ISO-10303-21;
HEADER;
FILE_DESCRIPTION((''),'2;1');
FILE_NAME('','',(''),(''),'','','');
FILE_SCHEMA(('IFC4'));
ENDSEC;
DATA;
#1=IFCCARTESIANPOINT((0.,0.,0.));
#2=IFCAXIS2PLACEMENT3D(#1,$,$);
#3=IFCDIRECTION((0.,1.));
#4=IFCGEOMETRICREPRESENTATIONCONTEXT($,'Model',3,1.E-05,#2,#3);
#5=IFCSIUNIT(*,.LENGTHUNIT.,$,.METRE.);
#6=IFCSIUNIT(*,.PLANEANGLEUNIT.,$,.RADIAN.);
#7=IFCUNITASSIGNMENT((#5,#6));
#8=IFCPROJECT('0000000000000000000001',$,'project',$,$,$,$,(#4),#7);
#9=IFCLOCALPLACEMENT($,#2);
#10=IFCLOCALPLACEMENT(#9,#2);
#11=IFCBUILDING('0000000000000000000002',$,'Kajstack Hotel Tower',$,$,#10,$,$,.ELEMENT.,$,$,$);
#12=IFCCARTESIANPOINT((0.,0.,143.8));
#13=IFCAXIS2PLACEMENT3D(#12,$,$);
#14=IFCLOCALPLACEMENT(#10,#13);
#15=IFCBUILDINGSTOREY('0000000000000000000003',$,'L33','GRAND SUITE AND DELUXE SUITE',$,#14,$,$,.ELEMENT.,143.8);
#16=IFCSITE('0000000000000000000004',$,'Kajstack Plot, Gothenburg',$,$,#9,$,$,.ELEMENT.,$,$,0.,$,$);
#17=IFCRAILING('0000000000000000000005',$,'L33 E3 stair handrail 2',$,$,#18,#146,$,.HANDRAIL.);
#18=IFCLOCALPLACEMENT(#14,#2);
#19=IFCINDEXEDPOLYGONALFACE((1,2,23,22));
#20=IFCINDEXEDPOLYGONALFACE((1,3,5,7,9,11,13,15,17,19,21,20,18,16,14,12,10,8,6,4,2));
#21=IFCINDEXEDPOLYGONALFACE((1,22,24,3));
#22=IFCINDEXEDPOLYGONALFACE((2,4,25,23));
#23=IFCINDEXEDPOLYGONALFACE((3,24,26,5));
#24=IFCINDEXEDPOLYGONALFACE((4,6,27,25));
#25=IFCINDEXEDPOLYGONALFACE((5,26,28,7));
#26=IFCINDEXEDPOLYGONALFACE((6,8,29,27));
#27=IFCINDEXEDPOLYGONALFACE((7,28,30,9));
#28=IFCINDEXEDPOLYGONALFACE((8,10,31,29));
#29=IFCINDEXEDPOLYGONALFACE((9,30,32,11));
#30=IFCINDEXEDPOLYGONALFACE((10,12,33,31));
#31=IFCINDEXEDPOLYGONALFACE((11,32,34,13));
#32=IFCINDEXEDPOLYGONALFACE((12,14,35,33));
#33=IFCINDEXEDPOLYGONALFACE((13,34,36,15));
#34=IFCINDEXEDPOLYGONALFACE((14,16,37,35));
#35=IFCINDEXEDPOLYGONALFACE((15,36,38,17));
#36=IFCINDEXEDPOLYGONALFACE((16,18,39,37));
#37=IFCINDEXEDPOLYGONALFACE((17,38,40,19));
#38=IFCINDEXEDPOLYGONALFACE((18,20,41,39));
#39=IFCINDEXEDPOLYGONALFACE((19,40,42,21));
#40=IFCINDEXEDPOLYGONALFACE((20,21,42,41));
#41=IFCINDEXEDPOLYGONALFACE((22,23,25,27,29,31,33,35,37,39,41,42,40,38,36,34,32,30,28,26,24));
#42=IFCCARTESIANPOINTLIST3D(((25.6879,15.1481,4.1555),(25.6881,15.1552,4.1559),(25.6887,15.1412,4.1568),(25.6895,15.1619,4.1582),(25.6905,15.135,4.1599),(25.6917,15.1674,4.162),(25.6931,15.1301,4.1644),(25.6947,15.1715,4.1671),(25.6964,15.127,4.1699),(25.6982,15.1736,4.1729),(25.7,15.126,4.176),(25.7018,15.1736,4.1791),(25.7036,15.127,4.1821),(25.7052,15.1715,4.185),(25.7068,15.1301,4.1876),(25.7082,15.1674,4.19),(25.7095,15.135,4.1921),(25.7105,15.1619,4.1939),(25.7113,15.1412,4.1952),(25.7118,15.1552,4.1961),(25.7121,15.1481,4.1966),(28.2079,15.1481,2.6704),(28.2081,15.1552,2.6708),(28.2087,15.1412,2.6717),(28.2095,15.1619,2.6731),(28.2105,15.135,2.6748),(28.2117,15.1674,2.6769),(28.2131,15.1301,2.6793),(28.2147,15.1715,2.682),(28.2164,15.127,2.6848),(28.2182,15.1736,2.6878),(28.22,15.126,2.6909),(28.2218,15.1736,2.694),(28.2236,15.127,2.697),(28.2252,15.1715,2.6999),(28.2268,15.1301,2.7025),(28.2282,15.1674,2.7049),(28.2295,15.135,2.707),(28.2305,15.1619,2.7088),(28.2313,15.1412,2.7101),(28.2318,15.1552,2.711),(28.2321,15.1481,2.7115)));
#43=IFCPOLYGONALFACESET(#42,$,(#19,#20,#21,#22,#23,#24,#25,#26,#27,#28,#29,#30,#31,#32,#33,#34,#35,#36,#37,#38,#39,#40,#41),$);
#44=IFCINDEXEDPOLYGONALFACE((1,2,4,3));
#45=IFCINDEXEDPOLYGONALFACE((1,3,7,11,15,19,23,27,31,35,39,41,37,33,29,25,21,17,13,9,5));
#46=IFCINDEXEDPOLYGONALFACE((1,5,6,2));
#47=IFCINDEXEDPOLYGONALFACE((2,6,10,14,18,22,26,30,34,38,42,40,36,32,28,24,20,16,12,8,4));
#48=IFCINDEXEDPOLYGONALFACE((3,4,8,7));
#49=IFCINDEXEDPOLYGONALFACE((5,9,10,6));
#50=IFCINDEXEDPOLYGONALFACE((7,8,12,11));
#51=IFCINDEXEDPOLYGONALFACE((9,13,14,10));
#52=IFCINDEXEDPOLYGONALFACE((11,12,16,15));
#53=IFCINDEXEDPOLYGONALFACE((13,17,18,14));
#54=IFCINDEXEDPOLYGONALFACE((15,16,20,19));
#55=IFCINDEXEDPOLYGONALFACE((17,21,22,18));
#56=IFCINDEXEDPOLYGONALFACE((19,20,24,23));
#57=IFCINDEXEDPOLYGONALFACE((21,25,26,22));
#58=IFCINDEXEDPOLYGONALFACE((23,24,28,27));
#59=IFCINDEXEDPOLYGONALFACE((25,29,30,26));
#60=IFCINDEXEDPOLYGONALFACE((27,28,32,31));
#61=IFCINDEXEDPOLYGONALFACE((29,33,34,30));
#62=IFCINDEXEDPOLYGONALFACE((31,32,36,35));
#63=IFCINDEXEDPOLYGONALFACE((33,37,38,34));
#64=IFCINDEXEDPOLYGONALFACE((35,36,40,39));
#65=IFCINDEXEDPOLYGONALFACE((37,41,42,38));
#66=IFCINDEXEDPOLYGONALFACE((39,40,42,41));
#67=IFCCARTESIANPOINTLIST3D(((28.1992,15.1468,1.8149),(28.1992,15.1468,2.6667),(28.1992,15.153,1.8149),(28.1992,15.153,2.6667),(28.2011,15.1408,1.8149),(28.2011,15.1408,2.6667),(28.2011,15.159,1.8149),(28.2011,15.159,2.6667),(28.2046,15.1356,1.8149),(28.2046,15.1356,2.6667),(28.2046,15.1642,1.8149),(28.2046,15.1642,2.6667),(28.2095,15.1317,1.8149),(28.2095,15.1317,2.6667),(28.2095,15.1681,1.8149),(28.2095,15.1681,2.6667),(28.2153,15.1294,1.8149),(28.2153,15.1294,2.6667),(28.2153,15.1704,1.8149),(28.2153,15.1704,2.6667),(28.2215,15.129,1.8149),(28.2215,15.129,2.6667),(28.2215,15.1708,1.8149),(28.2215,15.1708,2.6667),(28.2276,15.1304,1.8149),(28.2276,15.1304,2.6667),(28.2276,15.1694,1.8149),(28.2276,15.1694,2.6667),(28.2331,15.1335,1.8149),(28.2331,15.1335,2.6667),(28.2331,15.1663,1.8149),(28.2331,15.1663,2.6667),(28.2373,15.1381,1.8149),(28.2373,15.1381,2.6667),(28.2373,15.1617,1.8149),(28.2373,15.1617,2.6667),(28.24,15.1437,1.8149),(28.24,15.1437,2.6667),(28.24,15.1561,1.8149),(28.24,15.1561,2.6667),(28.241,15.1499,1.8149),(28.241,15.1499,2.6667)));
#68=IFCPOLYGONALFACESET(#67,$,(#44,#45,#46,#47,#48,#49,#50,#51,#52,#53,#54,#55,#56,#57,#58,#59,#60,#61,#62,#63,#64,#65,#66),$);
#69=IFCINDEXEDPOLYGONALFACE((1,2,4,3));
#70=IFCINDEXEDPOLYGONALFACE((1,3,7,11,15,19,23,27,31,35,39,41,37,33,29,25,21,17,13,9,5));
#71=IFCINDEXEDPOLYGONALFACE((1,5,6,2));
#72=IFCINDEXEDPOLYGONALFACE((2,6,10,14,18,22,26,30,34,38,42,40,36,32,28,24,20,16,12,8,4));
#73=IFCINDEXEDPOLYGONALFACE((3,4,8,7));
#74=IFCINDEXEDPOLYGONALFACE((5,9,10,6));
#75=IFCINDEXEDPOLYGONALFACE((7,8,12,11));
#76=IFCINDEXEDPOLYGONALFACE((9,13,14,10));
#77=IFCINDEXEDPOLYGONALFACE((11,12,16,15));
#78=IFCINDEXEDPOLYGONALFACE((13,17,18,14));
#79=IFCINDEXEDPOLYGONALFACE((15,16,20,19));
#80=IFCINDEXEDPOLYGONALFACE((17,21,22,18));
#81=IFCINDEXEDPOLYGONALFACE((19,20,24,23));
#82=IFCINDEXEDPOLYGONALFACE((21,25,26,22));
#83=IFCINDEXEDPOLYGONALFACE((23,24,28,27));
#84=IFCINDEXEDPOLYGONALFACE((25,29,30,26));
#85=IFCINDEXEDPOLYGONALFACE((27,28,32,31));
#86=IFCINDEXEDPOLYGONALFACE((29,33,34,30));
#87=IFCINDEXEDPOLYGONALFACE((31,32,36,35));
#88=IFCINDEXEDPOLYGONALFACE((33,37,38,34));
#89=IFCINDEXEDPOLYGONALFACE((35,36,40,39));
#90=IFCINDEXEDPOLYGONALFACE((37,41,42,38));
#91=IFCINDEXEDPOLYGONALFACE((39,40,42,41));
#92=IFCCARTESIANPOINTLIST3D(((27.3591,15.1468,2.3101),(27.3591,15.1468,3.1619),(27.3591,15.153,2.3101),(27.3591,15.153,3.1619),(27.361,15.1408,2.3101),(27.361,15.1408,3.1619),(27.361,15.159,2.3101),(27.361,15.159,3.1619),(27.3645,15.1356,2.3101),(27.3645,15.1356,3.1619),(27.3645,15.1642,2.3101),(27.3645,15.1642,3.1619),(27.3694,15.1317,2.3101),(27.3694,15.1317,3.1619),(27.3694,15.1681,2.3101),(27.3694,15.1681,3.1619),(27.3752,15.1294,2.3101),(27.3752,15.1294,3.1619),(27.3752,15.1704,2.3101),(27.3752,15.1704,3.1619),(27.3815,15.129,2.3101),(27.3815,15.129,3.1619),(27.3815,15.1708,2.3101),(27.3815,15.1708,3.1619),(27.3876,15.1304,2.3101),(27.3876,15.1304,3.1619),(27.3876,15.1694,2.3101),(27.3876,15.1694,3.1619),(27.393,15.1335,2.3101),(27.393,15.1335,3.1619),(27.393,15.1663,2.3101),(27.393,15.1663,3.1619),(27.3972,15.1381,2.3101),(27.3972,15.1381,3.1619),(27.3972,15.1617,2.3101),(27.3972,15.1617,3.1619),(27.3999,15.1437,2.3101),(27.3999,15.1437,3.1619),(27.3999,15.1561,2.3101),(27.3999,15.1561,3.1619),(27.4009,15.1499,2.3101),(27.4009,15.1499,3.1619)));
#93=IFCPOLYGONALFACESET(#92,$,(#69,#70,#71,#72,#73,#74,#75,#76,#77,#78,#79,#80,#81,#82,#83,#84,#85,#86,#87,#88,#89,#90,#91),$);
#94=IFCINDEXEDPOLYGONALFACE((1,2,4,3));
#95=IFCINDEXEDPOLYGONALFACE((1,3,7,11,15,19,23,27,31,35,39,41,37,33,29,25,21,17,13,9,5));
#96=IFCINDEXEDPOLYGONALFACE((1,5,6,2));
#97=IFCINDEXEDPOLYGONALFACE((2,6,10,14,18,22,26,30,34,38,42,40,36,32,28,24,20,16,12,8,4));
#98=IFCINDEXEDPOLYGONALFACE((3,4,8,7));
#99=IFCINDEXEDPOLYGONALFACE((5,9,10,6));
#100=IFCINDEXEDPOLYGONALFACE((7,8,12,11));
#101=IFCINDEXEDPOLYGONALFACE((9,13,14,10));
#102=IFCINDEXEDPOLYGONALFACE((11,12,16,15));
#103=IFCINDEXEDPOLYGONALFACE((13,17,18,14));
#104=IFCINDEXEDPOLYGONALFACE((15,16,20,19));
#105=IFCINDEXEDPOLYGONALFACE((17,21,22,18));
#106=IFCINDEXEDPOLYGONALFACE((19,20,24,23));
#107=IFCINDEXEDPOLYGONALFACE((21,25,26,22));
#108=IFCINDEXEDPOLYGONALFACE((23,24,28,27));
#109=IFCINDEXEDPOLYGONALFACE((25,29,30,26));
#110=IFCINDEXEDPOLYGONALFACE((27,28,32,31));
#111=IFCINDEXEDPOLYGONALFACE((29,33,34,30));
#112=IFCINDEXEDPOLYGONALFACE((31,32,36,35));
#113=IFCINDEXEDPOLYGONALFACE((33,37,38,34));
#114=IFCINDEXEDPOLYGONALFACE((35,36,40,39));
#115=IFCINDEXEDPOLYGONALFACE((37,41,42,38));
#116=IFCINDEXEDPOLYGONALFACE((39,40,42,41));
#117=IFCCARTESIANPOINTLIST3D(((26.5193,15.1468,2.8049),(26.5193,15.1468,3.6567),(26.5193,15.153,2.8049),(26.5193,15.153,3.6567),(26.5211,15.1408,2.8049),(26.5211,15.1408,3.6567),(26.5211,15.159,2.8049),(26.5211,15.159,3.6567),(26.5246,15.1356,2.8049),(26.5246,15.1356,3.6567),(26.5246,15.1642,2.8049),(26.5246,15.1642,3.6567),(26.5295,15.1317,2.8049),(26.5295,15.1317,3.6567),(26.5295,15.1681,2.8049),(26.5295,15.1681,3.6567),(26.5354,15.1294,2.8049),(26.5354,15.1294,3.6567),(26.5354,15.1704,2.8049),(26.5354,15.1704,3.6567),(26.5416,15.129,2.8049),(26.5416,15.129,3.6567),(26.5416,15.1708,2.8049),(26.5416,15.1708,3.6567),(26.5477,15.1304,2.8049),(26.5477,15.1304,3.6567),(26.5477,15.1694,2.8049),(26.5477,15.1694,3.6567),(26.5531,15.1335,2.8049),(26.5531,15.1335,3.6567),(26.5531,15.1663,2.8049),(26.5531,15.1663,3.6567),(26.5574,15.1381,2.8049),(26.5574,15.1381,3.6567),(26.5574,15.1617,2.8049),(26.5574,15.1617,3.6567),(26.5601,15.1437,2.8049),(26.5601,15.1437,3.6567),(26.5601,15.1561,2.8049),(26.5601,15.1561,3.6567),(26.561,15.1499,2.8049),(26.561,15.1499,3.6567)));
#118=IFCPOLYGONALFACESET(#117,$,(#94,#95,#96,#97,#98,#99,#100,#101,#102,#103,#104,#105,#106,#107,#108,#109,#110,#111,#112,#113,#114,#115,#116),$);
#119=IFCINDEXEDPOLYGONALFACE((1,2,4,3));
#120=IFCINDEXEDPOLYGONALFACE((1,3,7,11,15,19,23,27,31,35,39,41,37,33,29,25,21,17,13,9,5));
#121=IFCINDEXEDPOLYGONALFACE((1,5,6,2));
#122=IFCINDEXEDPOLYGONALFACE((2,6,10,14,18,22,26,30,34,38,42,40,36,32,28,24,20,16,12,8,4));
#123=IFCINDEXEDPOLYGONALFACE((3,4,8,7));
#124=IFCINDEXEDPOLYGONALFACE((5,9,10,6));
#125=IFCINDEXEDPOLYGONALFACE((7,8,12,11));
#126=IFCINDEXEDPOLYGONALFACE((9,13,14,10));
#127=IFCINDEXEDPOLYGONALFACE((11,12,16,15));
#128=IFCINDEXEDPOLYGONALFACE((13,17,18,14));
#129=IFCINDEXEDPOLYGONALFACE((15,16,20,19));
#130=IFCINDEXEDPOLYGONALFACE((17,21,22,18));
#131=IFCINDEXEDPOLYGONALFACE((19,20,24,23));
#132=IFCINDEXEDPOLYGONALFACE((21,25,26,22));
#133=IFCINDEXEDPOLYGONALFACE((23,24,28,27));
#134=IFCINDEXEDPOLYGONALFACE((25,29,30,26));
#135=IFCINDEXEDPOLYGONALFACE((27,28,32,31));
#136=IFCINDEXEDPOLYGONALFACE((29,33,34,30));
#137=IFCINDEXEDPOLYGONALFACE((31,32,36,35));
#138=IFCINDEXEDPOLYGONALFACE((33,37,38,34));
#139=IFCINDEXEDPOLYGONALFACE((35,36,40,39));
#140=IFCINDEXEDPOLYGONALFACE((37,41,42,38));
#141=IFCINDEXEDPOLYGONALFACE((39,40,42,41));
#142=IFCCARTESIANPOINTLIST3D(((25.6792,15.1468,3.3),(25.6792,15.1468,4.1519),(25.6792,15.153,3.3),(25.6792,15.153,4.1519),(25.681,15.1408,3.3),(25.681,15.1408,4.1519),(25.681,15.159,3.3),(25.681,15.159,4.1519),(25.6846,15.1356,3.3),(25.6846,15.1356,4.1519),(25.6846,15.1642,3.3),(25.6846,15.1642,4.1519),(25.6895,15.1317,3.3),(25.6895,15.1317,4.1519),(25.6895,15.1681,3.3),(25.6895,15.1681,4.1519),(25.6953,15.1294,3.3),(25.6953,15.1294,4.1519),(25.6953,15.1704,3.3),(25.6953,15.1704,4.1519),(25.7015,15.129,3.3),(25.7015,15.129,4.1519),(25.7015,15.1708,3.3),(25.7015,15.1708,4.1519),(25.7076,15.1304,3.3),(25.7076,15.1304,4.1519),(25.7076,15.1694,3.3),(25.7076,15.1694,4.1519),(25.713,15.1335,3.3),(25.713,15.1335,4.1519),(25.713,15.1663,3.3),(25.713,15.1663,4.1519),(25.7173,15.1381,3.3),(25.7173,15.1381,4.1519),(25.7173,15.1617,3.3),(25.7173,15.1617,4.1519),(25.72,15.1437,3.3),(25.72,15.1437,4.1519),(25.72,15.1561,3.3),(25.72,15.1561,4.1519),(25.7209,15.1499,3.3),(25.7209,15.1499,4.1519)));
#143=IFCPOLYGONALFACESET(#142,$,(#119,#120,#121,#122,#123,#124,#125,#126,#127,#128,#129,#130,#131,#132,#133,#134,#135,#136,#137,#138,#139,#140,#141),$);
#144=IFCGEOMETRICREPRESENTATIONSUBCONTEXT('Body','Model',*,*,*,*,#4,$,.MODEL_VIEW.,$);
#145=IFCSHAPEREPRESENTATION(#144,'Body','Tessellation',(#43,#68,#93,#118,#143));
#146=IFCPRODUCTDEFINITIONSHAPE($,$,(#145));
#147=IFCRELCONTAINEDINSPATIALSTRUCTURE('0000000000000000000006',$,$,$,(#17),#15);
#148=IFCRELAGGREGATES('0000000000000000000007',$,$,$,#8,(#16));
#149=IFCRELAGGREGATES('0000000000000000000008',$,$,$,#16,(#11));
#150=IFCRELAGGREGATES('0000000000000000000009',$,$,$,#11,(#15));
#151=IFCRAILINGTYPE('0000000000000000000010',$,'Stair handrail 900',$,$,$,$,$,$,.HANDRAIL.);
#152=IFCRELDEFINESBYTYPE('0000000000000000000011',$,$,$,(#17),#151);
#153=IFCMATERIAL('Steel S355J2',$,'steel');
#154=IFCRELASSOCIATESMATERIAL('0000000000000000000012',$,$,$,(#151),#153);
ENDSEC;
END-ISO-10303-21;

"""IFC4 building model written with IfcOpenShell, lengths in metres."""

from ifc_helpers import new_model, si_unit, direction, frame, origin, origin_2d, place, context, subcontext, project, spatial, circle, extrude, material, type_object, element, save


model = new_model("IFC4")

# Units and contexts
model_context = context("Model", 3, precision=1e-05, world=origin(), true_north=direction((0.0, 1.0)))
body_context = subcontext(model_context, "Body", "Model", "MODEL_VIEW")
ifc_project = project(units=[si_unit("LENGTHUNIT", "METRE"), si_unit("PLANEANGLEUNIT", "RADIAN")], contexts=[model_context])

# Site, building, storey
site_placement = place(None, origin())
site = spatial("IfcSite", under=ifc_project, at=site_placement, Name="Kajstack Plot, Gothenburg", CompositionType="ELEMENT", RefElevation=0.0)
building_placement = place(site_placement, origin())
building = spatial("IfcBuilding", under=site, at=building_placement, Name="Kajstack Hotel Tower", CompositionType="ELEMENT")
storey_placement = place(building_placement, frame((0.0, 0.0, 143.8)))
storey = spatial("IfcBuildingStorey", under=building, at=storey_placement, Name="L33", Description="GRAND SUITE AND DELUXE SUITE", CompositionType="ELEMENT", Elevation=143.8)

# Railing
ifc_material_1 = material(Name="Steel S355J2", Category="steel")
railing_type_1 = type_object("IfcRailingType", Name="Stair handrail 900", PredefinedType="HANDRAIL", material=ifc_material_1)
railing_1_placement = place(storey_placement, frame((28.22, 15.1499, 1.8149)))
element("IfcRailing", 1, at=railing_1_placement, inside=storey, type_object=railing_type_1, Name="L33 E3 stair handrail 2", PredefinedType="HANDRAIL", context=body_context, shape_type="SweptSolid", body=[
    extrude(circle(Radius=0.0239, at=origin_2d()), frame((0.0, 0.0, 0.876), z_axis=(-0.861524, 0.0, 0.507717), x_axis=(0.0, -1.0, 0.0)), (0.0, 0.0, 1.0), 2.925),
    extrude(circle(Radius=0.021, at=origin_2d()), origin(), (0.0, 0.0, 1.0), 0.8518),
    extrude(circle(Radius=0.021, at=origin_2d()), frame((-0.8401, 0.0, 0.4951)), (0.0, 0.0, 1.0), 0.8518),
    extrude(circle(Radius=0.021, at=origin_2d()), frame((-1.6799, 0.0, 0.99)), (0.0, 0.0, 1.0), 0.8518),
    extrude(circle(Radius=0.021, at=origin_2d()), frame((-2.52, 0.0, 1.4851)), (0.0, 0.0, 1.0), 0.8518),
])

save(model, "model.ifc")
